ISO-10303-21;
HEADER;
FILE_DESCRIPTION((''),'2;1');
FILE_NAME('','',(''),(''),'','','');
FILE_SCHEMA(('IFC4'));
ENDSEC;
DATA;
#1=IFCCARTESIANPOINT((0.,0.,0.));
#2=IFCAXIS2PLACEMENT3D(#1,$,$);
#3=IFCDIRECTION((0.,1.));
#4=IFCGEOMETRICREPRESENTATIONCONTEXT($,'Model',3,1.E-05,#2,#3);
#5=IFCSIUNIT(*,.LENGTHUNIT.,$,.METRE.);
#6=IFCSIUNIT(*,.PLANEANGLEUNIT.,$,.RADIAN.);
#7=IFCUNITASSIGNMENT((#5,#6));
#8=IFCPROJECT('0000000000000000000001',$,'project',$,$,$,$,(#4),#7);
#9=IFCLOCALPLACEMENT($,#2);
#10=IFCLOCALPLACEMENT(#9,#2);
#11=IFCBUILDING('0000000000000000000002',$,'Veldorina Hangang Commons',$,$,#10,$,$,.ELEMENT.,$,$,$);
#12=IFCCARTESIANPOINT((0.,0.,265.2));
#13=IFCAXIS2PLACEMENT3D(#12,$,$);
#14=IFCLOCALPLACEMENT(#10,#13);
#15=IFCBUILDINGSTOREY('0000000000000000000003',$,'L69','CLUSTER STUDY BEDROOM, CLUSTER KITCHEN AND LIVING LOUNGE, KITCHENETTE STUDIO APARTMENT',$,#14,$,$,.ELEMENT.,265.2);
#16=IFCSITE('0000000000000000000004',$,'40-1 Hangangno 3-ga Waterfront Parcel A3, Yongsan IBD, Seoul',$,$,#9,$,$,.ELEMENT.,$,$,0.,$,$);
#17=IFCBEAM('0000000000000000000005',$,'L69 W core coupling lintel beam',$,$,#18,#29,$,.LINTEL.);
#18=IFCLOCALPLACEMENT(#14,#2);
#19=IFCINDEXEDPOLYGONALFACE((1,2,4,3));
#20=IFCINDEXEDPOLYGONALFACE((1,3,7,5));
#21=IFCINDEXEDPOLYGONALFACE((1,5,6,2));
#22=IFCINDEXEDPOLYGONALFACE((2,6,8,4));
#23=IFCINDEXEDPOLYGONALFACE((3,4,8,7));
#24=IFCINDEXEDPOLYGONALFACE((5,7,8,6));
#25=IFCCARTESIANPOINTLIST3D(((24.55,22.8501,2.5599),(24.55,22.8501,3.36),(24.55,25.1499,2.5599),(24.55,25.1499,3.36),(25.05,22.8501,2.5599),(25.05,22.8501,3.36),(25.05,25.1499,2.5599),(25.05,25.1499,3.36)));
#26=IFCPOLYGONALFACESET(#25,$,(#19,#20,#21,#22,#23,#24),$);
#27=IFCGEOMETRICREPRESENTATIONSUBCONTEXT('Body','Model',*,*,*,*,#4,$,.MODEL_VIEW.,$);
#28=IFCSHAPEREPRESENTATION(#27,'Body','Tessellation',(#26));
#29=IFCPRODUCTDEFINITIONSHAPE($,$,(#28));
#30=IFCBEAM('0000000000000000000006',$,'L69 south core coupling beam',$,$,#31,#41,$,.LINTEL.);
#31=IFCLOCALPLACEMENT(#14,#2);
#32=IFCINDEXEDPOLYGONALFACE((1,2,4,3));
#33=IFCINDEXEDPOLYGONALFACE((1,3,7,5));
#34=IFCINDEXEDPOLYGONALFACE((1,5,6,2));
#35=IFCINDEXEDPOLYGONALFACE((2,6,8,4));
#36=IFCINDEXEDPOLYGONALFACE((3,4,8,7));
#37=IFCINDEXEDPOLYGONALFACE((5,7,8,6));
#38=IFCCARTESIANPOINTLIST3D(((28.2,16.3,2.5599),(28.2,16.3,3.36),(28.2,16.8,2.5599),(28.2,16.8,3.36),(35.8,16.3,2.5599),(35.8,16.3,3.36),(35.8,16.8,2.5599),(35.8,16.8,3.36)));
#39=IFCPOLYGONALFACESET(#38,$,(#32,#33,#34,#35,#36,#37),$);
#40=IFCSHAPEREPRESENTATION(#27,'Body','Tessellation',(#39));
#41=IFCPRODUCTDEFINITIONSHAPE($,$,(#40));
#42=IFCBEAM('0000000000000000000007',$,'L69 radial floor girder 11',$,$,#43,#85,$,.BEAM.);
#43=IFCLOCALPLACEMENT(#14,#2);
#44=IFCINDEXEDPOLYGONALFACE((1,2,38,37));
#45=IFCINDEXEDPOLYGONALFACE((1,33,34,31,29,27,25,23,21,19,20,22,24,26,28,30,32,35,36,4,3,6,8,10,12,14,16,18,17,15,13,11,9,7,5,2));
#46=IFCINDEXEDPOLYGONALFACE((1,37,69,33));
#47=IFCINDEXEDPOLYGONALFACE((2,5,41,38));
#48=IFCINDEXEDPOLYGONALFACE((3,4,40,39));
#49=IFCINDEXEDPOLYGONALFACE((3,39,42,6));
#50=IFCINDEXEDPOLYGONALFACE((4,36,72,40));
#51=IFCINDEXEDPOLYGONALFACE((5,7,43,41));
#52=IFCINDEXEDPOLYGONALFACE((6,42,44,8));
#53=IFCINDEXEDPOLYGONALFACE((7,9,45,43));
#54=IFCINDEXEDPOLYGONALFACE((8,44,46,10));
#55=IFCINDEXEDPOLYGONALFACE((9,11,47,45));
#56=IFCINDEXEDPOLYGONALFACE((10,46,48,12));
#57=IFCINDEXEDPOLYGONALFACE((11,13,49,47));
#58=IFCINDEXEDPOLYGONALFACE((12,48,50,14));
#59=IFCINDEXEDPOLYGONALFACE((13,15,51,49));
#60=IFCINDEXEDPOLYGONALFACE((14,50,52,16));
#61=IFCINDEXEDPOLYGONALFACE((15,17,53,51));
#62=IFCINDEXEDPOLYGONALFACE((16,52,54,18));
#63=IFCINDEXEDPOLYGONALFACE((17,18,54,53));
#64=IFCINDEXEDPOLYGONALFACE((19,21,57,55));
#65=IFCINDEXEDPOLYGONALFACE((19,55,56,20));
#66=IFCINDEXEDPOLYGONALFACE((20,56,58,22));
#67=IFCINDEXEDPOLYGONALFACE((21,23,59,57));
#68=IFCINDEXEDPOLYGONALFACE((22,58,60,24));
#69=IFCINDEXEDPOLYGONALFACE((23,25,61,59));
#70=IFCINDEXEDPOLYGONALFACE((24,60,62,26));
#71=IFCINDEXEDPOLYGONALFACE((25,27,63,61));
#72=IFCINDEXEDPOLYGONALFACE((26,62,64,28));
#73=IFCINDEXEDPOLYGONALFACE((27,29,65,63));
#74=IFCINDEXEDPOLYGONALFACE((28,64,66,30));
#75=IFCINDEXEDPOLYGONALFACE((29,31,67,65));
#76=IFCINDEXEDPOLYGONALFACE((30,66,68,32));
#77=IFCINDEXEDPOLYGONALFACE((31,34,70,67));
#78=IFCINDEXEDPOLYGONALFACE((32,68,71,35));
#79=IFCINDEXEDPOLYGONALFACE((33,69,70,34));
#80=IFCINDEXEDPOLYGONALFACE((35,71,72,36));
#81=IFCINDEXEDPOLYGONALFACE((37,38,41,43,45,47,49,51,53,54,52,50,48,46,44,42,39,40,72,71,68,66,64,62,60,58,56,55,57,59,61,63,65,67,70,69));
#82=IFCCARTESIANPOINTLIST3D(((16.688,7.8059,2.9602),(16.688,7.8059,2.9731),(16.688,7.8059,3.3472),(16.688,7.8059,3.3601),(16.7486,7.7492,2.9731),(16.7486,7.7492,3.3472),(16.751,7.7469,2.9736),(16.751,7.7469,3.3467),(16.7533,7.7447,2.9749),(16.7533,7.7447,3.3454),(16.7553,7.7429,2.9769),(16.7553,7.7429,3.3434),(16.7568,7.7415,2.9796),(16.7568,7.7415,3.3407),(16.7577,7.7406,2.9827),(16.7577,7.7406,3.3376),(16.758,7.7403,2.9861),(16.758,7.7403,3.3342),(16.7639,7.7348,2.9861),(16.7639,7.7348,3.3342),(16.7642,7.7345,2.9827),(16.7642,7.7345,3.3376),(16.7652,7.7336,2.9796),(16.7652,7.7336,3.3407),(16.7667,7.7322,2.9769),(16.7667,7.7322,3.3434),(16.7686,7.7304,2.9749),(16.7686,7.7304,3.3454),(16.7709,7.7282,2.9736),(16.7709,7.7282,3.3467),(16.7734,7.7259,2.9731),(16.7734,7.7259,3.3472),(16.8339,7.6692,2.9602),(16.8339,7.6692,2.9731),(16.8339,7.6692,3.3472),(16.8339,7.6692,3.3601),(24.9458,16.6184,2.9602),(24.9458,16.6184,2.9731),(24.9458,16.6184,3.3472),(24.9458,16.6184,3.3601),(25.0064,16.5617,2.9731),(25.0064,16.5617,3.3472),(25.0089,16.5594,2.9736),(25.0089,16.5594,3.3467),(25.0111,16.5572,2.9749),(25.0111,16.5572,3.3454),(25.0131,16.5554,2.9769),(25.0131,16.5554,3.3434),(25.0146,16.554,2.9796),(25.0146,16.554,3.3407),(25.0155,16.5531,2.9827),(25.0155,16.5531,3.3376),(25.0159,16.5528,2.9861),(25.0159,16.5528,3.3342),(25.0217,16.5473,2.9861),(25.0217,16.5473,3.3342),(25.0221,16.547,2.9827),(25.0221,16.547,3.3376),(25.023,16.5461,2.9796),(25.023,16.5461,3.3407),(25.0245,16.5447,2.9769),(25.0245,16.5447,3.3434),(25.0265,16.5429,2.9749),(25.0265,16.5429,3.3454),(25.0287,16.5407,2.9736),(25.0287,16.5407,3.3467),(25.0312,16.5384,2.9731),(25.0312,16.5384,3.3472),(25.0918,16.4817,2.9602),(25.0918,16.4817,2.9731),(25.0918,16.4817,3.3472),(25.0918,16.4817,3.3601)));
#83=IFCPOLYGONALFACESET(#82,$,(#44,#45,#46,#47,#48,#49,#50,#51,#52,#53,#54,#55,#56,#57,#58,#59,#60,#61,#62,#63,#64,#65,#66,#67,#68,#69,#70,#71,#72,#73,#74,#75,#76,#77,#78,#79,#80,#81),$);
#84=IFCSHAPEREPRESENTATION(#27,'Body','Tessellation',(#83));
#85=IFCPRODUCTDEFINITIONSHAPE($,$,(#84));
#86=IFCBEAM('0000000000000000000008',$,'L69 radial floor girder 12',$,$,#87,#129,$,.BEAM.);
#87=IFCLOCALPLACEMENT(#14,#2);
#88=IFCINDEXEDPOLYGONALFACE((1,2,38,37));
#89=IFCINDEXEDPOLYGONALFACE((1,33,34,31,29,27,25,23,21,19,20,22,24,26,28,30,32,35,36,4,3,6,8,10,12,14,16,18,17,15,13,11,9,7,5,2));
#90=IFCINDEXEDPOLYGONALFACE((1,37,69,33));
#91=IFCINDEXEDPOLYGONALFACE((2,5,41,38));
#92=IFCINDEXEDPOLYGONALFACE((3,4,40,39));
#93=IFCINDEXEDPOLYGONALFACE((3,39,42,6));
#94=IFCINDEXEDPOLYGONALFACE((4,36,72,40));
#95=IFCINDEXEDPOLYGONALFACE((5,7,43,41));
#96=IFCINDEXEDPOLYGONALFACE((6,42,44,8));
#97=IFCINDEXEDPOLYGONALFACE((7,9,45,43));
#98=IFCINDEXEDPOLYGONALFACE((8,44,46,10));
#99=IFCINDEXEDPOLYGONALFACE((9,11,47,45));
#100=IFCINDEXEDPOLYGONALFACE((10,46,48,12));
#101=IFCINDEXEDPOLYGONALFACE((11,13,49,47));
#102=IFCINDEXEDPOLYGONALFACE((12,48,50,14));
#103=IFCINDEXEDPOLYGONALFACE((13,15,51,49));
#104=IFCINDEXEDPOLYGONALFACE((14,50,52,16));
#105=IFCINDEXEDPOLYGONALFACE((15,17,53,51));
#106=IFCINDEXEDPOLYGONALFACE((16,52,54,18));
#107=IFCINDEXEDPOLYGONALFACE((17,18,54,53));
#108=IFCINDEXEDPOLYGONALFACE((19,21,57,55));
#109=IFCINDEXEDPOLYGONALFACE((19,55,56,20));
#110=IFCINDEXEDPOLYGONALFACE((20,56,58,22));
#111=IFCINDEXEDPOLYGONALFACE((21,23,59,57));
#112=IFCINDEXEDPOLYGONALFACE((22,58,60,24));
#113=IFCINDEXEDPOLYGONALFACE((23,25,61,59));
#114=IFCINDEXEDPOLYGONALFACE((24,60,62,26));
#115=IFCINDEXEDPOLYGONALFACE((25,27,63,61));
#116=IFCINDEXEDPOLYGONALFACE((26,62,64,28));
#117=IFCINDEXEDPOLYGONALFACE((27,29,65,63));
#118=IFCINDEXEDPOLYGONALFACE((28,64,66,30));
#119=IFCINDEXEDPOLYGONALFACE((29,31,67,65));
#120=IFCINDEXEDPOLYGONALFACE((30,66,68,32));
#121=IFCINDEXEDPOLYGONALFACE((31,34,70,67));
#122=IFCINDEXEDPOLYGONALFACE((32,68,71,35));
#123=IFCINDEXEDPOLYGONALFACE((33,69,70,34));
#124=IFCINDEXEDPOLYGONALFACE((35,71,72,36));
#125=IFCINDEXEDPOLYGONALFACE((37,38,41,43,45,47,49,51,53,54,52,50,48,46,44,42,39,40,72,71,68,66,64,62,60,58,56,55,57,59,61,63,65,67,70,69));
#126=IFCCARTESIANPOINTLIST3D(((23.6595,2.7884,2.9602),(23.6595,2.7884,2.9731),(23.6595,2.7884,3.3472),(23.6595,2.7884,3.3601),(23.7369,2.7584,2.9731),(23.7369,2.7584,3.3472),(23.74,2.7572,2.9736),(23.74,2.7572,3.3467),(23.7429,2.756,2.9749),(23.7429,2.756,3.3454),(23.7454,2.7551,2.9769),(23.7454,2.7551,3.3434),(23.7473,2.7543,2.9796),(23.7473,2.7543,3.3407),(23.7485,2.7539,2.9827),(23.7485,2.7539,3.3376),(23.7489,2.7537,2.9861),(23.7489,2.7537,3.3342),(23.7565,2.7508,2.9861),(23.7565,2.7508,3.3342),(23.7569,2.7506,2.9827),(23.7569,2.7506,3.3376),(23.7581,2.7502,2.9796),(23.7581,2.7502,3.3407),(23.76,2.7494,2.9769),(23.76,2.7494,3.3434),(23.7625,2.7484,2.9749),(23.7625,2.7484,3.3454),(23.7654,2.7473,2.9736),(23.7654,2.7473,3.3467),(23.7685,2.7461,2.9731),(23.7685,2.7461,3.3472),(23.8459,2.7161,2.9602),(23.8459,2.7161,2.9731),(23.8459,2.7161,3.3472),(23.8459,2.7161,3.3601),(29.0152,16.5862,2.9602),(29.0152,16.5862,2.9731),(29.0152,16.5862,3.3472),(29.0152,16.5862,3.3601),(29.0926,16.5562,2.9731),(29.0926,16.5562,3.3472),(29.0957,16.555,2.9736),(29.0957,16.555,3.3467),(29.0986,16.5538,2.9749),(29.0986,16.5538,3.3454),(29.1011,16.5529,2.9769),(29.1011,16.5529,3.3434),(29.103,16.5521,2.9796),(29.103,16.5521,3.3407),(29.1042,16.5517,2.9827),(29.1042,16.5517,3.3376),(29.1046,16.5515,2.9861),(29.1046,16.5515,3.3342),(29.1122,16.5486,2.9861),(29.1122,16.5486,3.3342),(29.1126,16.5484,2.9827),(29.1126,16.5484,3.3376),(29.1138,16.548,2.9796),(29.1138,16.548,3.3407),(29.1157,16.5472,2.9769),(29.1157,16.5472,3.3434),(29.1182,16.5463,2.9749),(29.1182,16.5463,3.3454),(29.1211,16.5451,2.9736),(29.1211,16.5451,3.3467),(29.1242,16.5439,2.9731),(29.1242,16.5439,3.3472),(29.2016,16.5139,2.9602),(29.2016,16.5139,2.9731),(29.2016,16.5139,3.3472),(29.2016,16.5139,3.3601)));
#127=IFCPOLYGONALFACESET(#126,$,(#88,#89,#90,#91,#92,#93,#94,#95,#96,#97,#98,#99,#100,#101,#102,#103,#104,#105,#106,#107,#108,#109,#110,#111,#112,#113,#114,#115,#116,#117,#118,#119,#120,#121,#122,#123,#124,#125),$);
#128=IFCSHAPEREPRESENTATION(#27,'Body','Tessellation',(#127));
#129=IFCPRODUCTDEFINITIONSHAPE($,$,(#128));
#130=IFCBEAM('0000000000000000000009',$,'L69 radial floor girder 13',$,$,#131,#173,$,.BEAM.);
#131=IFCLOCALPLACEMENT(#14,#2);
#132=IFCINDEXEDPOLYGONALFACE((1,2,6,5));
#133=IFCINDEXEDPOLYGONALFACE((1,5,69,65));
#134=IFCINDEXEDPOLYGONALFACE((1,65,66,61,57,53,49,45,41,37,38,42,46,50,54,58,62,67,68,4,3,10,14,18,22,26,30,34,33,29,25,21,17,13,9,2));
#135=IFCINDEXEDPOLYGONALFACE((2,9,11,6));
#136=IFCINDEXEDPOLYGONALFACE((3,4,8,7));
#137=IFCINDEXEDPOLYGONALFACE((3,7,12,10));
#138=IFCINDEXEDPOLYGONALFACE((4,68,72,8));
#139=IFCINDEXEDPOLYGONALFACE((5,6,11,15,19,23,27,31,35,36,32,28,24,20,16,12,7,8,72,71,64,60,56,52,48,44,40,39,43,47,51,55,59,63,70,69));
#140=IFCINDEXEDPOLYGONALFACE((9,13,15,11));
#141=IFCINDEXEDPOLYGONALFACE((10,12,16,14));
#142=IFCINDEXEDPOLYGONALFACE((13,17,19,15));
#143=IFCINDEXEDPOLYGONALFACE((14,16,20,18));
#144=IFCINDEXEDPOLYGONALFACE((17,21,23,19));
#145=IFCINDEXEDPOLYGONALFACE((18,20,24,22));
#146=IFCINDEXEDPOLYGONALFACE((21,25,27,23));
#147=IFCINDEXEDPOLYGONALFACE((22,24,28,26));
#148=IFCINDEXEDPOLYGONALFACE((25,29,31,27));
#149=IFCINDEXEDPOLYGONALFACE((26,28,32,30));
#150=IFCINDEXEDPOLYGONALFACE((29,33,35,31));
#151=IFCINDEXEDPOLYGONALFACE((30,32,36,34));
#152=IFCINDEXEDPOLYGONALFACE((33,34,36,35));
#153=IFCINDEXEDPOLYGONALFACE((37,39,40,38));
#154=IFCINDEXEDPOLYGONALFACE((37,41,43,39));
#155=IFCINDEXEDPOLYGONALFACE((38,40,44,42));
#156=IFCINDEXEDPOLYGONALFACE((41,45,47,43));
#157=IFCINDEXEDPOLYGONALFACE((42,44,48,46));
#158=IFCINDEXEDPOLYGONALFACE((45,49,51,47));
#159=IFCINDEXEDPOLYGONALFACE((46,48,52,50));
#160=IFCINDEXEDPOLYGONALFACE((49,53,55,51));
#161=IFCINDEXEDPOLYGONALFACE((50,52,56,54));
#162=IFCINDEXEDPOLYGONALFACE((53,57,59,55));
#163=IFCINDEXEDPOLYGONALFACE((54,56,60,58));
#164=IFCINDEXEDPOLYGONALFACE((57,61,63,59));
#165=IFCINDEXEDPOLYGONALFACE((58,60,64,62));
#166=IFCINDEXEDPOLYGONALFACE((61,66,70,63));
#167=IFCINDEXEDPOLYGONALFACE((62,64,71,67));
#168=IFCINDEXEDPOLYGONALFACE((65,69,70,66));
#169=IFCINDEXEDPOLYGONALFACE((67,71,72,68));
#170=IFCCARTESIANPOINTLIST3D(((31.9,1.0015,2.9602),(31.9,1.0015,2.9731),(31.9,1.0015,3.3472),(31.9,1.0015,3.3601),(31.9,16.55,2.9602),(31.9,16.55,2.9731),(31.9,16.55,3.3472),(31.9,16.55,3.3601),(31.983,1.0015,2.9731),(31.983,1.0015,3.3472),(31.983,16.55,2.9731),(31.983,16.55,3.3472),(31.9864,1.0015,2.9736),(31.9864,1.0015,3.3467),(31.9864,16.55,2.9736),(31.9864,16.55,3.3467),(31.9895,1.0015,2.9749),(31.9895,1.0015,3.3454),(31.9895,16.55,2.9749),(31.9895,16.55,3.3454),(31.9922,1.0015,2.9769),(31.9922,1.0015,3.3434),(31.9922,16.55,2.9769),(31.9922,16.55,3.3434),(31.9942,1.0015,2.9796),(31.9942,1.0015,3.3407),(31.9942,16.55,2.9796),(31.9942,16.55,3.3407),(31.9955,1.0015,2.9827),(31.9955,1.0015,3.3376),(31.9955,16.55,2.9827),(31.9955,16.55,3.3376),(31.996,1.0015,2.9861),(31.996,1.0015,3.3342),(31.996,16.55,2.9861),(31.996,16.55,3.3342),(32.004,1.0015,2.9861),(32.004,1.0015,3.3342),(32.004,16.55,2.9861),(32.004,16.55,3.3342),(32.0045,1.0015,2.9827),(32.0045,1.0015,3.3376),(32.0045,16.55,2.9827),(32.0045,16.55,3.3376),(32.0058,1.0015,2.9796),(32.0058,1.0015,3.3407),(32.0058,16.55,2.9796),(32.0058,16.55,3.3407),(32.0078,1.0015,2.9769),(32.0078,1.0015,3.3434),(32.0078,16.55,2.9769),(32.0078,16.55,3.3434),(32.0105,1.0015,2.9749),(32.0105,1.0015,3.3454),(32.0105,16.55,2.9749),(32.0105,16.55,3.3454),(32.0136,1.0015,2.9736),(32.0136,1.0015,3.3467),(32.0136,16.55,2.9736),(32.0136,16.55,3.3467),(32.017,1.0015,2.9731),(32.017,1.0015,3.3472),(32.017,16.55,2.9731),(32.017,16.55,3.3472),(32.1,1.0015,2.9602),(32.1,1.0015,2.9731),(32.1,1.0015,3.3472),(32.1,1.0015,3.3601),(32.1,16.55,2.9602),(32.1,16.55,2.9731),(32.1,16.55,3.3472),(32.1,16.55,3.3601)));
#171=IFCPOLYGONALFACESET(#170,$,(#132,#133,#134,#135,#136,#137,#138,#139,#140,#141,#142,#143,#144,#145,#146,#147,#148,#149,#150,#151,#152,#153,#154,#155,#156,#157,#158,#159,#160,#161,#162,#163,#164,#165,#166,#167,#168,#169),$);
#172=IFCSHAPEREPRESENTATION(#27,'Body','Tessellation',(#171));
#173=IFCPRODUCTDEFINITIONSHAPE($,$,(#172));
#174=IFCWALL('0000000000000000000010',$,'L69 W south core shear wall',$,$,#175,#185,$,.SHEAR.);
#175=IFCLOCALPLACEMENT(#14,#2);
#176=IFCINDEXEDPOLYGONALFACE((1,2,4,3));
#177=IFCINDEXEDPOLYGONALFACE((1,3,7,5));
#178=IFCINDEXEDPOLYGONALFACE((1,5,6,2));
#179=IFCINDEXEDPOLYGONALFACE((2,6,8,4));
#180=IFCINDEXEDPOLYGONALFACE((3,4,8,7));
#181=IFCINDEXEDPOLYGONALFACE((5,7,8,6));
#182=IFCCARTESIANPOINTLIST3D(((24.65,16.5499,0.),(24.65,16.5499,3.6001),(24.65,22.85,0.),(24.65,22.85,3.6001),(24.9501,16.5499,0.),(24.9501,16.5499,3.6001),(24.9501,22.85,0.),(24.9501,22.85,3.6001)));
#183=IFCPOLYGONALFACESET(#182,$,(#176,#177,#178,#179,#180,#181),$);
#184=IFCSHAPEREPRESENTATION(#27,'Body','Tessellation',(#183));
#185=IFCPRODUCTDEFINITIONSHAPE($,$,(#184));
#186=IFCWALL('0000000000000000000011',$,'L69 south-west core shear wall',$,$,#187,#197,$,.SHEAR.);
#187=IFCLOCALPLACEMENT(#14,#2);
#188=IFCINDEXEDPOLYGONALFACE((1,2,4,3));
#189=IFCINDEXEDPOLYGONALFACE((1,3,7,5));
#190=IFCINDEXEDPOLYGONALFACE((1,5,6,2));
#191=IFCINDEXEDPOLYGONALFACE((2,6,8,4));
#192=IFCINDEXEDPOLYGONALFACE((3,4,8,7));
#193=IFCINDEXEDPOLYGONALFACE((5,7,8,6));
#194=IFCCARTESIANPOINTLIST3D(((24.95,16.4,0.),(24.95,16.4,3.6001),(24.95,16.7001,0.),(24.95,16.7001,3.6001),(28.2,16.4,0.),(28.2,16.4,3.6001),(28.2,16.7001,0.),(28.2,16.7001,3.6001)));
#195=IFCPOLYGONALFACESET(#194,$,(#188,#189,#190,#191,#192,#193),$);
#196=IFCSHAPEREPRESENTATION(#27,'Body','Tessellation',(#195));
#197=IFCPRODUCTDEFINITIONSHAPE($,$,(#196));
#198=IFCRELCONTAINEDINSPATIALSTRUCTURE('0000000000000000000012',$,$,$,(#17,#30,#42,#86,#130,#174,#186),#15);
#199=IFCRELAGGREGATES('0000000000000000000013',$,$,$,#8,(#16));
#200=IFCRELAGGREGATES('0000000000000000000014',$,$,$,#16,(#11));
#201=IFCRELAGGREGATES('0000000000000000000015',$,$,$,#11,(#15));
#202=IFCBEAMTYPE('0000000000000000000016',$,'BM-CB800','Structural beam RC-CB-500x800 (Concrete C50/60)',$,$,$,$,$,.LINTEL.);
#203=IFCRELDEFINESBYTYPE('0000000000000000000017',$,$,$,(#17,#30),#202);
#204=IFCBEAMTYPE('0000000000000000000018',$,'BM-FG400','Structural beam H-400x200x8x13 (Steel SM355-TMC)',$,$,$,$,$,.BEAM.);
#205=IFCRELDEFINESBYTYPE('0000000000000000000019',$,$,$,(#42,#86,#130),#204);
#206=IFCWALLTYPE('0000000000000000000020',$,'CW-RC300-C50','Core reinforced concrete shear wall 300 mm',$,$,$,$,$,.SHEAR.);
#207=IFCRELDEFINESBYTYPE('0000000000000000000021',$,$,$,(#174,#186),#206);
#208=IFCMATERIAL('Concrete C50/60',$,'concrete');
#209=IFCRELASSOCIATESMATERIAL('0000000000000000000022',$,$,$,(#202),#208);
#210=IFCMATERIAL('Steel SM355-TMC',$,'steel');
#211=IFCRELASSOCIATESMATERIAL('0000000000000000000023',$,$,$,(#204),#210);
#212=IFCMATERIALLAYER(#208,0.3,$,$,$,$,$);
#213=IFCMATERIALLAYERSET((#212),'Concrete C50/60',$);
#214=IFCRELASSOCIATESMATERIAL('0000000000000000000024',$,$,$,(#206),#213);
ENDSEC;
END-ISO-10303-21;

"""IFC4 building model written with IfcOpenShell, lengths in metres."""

from ifc_helpers import new_model, si_unit, direction, frame, frame_2d, origin, origin_2d, place, context, subcontext, project, spatial, rectangle, i_section, extrude, material, layer, layer_set, material_profile, profile_set, type_object, element, save


model = new_model("IFC4")

# Units and contexts
model_context = context("Model", 3, precision=1e-05, world=origin(), true_north=direction((0.0, 1.0)))
body_context = subcontext(model_context, "Body", "Model", "MODEL_VIEW")
ifc_project = project(units=[si_unit("LENGTHUNIT", "METRE"), si_unit("PLANEANGLEUNIT", "RADIAN")], contexts=[model_context])

# Site, building, storey
site_placement = place(None, origin())
site = spatial("IfcSite", under=ifc_project, at=site_placement, Name="40-1 Hangangno 3-ga Waterfront Parcel A3, Yongsan IBD, Seoul", CompositionType="ELEMENT", RefElevation=0.0)
building_placement = place(site_placement, origin())
building = spatial("IfcBuilding", under=site, at=building_placement, Name="Veldorina Hangang Commons", CompositionType="ELEMENT")
storey_placement = place(building_placement, frame((0.0, 0.0, 265.2)))
storey = spatial("IfcBuildingStorey", under=building, at=storey_placement, Name="L69", Description="CLUSTER STUDY BEDROOM, CLUSTER KITCHEN AND LIVING LOUNGE, KITCHENETTE STUDIO APARTMENT", CompositionType="ELEMENT", Elevation=265.2)

# Beams
ifc_material_1 = material(Name="Concrete C50/60", Category="concrete")
ifc_material_profile_1 = material_profile(ifc_material_1, rectangle(XDim=0.5, YDim=0.8, at=origin_2d()), Name="RC-CB-500x800")
ifc_profile_set_1 = profile_set([ifc_material_profile_1], Name="Concrete C50/60")
beam_type_1 = type_object("IfcBeamType", Name="BM-CB800", Description="Structural beam RC-CB-500x800 (Concrete C50/60)", PredefinedType="LINTEL", material=ifc_profile_set_1)
beam_1_placement = place(storey_placement, frame((24.8, 22.8501, 2.96), z_axis=(0.0, 1.0, 0.0), x_axis=(-1.0, 0.0, 0.0)))
element("IfcBeam", 1, at=beam_1_placement, inside=storey, type_object=beam_type_1, Name="L69 W core coupling lintel beam", PredefinedType="LINTEL", context=body_context, shape_type="SweptSolid", body=[
    extrude(rectangle(XDim=0.5, YDim=0.8, at=origin_2d()), origin(), (0.0, 0.0, 1.0), 2.2998),
])
beam_2_placement = place(storey_placement, frame((28.2, 16.55, 2.96), z_axis=(1.0, 0.0, 0.0), x_axis=(0.0, 1.0, 0.0)))
element("IfcBeam", 2, at=beam_2_placement, inside=storey, type_object=beam_type_1, Name="L69 south core coupling beam", PredefinedType="LINTEL", context=body_context, shape_type="SweptSolid", body=[
    extrude(rectangle(XDim=0.5, YDim=0.8, at=origin_2d()), origin(), (0.0, 0.0, 1.0), 7.6001),
])
ifc_material_2 = material(Name="Steel SM355-TMC", Category="steel")
ifc_material_profile_2 = material_profile(ifc_material_2, i_section(OverallWidth=0.2, OverallDepth=0.3999, WebThickness=0.0081, FlangeThickness=0.0129, FilletRadius=0.0129, at=origin_2d()), Name="H-400x200x8x13")
ifc_profile_set_2 = profile_set([ifc_material_profile_2], Name="Steel SM355-TMC")
beam_type_2 = type_object("IfcBeamType", Name="BM-FG400", Description="Structural beam H-400x200x8x13 (Steel SM355-TMC)", PredefinedType="BEAM", material=ifc_profile_set_2)
beam_3_placement = place(storey_placement, frame((25.0188, 16.55, 3.1602), z_axis=(-0.683769, -0.729699, 0.0), x_axis=(0.729699, -0.683769, 0.0)))
element("IfcBeam", 3, at=beam_3_placement, inside=storey, type_object=beam_type_2, Name="L69 radial floor girder 11", PredefinedType="BEAM", context=body_context, shape_type="SweptSolid", body=[
    extrude(i_section(OverallWidth=0.2, OverallDepth=0.3999, WebThickness=0.0081, FlangeThickness=0.0129, FilletRadius=0.0129, at=origin_2d()), origin(), (0.0, 0.0, 1.0), 12.0769),
])
beam_4_placement = place(storey_placement, frame((29.1084, 16.55, 3.1602), z_axis=(-0.361852, -0.932235, 0.0), x_axis=(0.932235, -0.361852, 0.0)))
element("IfcBeam", 4, at=beam_4_placement, inside=storey, type_object=beam_type_2, Name="L69 radial floor girder 12", PredefinedType="BEAM", context=body_context, shape_type="SweptSolid", body=[
    extrude(i_section(OverallWidth=0.2, OverallDepth=0.3999, WebThickness=0.0081, FlangeThickness=0.0129, FilletRadius=0.0129, at=origin_2d()), origin(), (0.0, 0.0, 1.0), 14.8008),
])
beam_5_placement = place(storey_placement, frame((32.0, 16.55, 3.1602), z_axis=(0.0, -1.0, 0.0), x_axis=(1.0, 0.0, 0.0)))
element("IfcBeam", 5, at=beam_5_placement, inside=storey, type_object=beam_type_2, Name="L69 radial floor girder 13", PredefinedType="BEAM", context=body_context, shape_type="SweptSolid", body=[
    extrude(i_section(OverallWidth=0.2, OverallDepth=0.3999, WebThickness=0.0081, FlangeThickness=0.0129, FilletRadius=0.0129, at=origin_2d()), origin(), (0.0, 0.0, 1.0), 15.5486),
])

# Walls
ifc_layer_1 = layer(ifc_material_1, 0.3)
ifc_layer_set_1 = layer_set([ifc_layer_1], Name="Concrete C50/60")
wall_type_1 = type_object("IfcWallType", Name="CW-RC300-C50", Description="Core reinforced concrete shear wall 300 mm", PredefinedType="SHEAR", material=ifc_layer_set_1)
wall_1_placement = place(storey_placement, frame((24.8, 16.55, 0.0), z_axis=(0.0, 0.0, 1.0), x_axis=(0.0, 1.0, 0.0)))
element("IfcWall", 6, at=wall_1_placement, inside=storey, type_object=wall_type_1, Name="L69 W south core shear wall", PredefinedType="SHEAR", context=body_context, shape_type="SweptSolid", body=[
    extrude(rectangle(XDim=6.3, YDim=0.3, at=frame_2d((3.1499, 0.0))), origin(), (0.0, 0.0, 1.0), 3.6001),
])
wall_2_placement = place(storey_placement, frame((24.95, 16.55, 0.0), z_axis=(0.0, 0.0, 1.0), x_axis=(1.0, 0.0, 0.0)))
element("IfcWall", 7, at=wall_2_placement, inside=storey, type_object=wall_type_1, Name="L69 south-west core shear wall", PredefinedType="SHEAR", context=body_context, shape_type="SweptSolid", body=[
    extrude(rectangle(XDim=3.25, YDim=0.3, at=frame_2d((1.625, 0.0))), origin(), (0.0, 0.0, 1.0), 3.6001),
])

save(model, "model.ifc")
